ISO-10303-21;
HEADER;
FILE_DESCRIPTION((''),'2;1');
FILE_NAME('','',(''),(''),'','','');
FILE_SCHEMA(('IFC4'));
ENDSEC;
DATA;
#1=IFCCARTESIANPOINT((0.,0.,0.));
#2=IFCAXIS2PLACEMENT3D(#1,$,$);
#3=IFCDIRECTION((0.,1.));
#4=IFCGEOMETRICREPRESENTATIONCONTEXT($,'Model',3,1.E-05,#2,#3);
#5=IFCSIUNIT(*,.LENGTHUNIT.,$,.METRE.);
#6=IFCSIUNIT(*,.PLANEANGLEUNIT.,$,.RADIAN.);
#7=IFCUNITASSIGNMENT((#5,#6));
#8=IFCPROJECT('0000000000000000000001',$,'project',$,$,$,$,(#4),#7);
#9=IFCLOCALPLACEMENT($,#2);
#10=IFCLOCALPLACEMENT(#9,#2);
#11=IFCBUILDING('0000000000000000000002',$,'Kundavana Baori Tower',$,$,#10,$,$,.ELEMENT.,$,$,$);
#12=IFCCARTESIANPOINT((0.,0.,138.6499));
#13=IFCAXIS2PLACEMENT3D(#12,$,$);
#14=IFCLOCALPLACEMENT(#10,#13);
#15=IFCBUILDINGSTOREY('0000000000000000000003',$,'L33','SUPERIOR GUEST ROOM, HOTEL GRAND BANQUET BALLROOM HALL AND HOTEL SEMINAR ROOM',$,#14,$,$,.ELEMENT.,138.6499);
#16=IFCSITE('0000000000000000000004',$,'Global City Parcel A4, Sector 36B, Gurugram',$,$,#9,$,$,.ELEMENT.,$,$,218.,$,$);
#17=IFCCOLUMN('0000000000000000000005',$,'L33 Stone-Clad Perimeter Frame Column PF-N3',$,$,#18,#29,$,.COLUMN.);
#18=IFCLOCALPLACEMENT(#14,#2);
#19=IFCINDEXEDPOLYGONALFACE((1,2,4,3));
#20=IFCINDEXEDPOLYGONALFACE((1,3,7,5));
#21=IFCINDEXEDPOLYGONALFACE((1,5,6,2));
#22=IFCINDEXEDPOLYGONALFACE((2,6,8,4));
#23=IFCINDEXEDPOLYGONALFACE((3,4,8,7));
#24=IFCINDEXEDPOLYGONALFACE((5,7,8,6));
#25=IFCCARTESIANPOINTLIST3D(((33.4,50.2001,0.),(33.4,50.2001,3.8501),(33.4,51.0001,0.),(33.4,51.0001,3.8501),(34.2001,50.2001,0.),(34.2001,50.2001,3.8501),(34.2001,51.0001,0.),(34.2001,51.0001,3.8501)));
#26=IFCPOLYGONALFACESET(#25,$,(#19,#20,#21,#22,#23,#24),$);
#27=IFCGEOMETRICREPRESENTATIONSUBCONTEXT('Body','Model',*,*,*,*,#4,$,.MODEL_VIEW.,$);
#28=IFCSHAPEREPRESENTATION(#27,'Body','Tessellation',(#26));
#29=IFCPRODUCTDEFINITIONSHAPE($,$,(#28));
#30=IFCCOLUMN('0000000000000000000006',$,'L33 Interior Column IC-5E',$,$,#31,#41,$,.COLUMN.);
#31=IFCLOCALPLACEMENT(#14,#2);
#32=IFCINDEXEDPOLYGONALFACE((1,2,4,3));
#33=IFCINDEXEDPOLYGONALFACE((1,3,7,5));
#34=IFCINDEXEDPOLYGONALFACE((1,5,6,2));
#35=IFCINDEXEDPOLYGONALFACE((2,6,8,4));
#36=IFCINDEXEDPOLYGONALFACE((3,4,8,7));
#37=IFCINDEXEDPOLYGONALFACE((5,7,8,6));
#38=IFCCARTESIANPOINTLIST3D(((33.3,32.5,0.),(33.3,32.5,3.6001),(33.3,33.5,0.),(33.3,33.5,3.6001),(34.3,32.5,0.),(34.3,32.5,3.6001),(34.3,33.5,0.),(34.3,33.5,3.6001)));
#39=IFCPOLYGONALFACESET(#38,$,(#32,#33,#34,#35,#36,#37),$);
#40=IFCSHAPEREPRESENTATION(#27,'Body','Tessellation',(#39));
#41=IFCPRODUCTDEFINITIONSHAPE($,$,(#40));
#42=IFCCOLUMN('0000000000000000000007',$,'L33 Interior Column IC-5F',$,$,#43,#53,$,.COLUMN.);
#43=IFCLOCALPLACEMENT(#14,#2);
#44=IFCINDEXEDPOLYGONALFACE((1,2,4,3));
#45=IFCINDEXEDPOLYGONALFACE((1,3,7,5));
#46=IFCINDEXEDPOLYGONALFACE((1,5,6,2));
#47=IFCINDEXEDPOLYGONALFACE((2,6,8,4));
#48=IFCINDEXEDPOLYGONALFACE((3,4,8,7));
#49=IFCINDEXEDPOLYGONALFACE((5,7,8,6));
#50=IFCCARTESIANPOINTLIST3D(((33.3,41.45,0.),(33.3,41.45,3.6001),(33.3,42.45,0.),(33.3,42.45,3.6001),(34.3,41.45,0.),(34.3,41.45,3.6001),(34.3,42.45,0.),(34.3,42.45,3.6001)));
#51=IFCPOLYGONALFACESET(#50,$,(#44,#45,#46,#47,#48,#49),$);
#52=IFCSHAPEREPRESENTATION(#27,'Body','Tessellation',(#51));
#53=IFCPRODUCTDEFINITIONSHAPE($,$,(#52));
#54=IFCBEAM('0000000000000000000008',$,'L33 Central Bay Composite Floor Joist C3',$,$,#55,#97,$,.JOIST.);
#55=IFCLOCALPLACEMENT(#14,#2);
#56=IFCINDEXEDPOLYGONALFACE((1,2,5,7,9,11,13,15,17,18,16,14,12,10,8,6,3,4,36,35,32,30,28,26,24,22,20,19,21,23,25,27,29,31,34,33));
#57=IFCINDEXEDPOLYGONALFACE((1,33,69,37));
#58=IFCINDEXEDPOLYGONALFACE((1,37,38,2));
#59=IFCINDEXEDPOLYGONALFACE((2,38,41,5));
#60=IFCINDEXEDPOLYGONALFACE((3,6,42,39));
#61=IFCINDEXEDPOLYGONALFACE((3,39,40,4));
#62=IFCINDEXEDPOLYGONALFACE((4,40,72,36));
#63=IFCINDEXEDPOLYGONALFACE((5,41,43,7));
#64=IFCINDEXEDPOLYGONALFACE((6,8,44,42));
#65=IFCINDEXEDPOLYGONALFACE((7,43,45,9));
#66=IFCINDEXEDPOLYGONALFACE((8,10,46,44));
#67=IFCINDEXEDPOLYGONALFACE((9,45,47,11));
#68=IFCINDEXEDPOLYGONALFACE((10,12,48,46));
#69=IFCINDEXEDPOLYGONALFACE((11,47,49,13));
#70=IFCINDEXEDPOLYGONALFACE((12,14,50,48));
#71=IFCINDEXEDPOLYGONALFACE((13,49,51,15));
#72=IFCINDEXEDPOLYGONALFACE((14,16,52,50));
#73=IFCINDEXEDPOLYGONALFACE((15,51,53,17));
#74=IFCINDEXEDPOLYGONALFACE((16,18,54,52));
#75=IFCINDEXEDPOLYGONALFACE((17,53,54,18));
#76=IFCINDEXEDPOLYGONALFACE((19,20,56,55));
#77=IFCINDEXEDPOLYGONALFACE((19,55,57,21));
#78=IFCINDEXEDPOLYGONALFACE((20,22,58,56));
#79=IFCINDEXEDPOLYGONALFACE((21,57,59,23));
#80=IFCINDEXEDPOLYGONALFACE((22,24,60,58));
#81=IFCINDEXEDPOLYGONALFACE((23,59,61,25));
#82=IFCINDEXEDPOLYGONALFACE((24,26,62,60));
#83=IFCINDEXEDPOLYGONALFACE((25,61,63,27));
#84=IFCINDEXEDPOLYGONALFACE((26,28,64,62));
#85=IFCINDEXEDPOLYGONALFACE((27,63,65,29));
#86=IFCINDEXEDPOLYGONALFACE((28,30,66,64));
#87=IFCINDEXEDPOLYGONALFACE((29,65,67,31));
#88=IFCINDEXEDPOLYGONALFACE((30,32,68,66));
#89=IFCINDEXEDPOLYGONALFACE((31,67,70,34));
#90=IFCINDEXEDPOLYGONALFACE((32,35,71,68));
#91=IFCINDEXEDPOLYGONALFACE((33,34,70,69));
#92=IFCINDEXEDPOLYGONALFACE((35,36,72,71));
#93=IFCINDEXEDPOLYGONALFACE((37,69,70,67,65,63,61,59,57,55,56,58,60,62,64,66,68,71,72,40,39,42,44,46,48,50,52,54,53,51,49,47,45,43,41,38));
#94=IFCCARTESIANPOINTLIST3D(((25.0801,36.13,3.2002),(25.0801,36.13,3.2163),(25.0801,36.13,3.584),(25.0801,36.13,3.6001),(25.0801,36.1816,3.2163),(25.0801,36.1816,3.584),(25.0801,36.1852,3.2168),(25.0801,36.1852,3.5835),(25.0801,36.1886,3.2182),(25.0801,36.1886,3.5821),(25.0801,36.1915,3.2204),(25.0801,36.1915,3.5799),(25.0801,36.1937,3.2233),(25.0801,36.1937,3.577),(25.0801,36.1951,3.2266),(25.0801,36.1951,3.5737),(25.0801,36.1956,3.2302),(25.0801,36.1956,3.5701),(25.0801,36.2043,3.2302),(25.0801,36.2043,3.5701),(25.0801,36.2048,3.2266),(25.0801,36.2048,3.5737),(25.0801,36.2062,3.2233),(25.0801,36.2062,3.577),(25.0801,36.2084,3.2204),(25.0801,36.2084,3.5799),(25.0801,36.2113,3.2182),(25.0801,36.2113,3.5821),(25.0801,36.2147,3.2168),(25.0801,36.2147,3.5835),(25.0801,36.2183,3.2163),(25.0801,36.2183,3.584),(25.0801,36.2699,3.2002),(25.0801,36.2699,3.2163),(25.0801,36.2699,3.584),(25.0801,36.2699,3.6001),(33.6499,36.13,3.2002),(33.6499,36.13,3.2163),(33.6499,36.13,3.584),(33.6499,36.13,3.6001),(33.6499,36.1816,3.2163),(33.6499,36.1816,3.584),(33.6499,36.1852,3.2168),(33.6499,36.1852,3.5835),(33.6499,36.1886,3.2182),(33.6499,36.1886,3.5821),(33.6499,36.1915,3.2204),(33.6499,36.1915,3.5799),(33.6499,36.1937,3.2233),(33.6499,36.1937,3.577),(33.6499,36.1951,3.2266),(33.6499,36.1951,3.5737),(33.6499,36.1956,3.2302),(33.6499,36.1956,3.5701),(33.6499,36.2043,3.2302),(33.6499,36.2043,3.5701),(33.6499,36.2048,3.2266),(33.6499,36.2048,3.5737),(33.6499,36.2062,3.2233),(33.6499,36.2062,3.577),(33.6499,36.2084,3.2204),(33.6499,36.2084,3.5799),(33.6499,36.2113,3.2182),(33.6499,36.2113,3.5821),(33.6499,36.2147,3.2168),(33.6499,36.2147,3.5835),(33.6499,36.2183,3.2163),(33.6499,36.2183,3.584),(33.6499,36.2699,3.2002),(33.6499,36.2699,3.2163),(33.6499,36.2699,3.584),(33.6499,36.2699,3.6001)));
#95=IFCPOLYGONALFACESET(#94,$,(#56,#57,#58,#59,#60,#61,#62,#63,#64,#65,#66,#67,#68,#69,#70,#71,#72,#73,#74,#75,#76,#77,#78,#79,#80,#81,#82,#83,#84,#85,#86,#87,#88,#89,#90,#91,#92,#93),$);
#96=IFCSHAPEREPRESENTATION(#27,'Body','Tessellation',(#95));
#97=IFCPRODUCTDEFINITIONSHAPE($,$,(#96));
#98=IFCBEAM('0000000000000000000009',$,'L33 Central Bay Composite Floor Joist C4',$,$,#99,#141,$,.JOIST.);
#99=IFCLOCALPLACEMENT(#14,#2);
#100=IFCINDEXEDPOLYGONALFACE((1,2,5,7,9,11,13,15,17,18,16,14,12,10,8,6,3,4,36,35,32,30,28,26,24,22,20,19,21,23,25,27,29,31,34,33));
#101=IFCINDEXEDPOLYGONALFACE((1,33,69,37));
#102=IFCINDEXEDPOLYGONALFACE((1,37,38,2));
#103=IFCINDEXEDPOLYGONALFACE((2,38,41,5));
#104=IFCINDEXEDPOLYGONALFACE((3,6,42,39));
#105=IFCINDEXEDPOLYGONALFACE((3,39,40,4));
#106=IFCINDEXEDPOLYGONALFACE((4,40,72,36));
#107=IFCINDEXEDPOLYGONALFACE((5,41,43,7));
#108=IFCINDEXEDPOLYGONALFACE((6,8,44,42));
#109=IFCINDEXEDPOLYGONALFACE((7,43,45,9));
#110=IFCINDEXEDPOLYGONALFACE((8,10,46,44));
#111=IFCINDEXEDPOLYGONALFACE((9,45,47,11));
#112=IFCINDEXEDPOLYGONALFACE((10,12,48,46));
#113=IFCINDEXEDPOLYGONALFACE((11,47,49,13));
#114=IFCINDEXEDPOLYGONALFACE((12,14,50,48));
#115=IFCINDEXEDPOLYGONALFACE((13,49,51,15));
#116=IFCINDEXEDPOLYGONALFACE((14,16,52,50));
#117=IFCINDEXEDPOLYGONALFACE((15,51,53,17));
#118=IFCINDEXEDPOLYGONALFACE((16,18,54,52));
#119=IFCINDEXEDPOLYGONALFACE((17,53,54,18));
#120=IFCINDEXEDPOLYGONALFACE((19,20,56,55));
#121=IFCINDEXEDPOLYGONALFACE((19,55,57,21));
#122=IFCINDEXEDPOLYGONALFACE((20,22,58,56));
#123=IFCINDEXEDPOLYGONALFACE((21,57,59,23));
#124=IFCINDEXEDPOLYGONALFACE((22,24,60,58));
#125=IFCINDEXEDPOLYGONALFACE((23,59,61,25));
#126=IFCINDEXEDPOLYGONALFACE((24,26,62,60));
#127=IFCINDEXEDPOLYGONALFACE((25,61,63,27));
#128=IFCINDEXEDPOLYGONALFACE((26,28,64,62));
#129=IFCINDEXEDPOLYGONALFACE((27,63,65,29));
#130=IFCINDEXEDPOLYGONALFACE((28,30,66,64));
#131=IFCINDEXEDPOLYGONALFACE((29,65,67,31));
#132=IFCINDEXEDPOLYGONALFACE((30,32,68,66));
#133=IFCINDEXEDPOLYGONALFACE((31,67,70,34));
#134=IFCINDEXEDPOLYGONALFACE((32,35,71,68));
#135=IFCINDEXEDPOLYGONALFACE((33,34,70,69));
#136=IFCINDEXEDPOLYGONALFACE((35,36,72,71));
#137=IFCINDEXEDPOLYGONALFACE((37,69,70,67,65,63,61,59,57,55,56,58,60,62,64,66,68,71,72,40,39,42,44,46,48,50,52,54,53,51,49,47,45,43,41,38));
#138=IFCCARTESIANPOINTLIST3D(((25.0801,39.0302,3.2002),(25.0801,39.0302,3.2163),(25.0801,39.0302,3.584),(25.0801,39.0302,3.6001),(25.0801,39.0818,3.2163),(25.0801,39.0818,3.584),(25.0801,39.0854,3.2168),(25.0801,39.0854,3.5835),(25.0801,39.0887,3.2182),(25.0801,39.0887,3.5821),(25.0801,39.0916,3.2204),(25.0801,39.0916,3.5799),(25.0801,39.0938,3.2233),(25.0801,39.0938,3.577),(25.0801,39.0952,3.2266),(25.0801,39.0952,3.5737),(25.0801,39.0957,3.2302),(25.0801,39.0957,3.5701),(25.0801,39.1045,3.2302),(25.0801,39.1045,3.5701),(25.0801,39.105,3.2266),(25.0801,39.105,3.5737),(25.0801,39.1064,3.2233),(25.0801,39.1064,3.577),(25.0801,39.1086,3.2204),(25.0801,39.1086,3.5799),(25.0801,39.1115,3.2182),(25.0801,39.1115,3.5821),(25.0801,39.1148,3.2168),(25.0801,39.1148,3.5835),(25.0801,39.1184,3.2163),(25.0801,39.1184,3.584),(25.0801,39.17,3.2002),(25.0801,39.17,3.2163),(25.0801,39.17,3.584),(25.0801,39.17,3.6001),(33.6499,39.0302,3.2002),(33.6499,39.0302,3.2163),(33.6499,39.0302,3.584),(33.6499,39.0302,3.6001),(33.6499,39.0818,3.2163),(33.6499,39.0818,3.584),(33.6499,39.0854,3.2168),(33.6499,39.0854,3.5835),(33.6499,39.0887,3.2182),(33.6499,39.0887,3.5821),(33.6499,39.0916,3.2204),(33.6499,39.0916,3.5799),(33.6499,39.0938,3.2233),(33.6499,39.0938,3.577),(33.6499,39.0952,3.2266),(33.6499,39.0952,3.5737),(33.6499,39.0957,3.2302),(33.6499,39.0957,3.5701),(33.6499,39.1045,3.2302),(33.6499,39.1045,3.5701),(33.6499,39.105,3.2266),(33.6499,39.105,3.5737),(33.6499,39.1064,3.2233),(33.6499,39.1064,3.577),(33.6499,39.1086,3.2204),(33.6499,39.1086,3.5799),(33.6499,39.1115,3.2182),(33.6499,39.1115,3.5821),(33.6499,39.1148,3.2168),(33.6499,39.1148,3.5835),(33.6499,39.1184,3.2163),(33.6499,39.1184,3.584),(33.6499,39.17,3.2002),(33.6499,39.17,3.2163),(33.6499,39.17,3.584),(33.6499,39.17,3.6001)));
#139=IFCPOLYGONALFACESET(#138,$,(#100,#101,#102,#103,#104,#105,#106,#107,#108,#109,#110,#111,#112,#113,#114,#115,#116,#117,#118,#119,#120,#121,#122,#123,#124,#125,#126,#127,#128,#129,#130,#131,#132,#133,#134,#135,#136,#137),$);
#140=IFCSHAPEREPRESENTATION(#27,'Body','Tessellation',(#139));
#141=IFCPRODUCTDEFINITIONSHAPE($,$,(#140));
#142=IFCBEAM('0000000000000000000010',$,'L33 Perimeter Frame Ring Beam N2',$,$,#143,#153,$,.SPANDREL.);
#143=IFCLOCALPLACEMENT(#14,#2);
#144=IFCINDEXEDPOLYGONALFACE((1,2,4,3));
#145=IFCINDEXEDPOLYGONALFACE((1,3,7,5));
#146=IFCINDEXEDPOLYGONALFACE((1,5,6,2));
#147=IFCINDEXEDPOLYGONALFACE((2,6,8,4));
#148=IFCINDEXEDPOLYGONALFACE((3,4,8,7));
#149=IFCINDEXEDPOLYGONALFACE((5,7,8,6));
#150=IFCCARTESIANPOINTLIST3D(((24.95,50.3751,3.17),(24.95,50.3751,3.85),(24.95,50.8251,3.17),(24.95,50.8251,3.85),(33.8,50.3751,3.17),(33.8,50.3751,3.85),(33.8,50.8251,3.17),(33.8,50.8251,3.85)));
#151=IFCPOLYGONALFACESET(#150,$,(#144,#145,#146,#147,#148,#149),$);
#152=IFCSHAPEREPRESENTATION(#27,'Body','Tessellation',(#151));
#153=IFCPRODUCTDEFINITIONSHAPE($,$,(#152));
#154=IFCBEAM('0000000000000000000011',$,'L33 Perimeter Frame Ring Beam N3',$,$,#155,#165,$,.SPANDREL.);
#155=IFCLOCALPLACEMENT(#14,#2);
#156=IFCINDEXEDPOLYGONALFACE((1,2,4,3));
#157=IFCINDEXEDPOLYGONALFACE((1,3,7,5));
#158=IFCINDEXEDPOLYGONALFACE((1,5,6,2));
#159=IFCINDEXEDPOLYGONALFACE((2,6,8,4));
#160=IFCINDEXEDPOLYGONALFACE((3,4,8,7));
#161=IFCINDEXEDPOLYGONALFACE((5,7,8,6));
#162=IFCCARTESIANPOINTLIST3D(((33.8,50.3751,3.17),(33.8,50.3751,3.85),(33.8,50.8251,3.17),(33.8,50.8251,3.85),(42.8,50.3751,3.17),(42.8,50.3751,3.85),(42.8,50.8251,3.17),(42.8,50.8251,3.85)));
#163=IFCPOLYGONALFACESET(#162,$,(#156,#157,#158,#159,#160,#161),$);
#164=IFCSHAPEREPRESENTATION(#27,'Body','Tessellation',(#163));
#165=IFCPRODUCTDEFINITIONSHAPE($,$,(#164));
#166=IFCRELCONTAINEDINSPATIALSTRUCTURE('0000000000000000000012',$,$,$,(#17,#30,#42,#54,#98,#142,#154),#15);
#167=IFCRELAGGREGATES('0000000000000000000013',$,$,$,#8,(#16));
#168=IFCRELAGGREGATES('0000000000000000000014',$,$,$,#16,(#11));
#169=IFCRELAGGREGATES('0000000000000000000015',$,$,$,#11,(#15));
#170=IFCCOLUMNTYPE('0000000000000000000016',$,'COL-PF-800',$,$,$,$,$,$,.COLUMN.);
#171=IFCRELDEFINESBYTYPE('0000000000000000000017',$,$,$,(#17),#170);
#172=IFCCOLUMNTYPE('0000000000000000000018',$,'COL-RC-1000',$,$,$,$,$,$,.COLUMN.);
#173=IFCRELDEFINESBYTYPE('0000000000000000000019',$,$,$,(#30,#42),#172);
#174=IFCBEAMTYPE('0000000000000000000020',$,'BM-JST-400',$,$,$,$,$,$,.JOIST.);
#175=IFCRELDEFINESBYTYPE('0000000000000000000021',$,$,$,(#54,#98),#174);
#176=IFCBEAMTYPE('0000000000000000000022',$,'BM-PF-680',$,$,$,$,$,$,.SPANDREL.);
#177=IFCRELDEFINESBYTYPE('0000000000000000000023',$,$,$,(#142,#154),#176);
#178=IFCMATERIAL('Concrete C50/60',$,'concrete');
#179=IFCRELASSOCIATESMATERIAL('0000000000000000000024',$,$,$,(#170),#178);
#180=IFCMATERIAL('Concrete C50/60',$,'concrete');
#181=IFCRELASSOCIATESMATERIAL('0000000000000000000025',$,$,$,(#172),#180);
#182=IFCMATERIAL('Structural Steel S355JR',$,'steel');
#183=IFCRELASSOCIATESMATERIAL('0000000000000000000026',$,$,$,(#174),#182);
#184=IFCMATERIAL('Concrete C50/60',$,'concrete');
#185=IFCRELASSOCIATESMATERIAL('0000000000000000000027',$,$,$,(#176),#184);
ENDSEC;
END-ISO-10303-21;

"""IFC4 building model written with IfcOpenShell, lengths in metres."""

from ifc_helpers import new_model, si_unit, direction, frame, origin, origin_2d, place, context, subcontext, project, spatial, rectangle, i_section, extrude, material, material_profile, profile_set, type_object, element, save


model = new_model("IFC4")

# Units and contexts
model_context = context("Model", 3, precision=1e-05, world=origin(), true_north=direction((0.0, 1.0)))
body_context = subcontext(model_context, "Body", "Model", "MODEL_VIEW")
ifc_project = project(units=[si_unit("LENGTHUNIT", "METRE"), si_unit("PLANEANGLEUNIT", "RADIAN")], contexts=[model_context])

# Site, building, storey
site_placement = place(None, origin())
site = spatial("IfcSite", under=ifc_project, at=site_placement, Name="Global City Parcel A4, Sector 36B, Gurugram", CompositionType="ELEMENT", RefElevation=218.0)
building_placement = place(site_placement, origin())
building = spatial("IfcBuilding", under=site, at=building_placement, Name="Kundavana Baori Tower", CompositionType="ELEMENT")
storey_placement = place(building_placement, frame((0.0, 0.0, 138.6499)))
storey = spatial("IfcBuildingStorey", under=building, at=storey_placement, Name="L33", Description="SUPERIOR GUEST ROOM, HOTEL GRAND BANQUET BALLROOM HALL AND HOTEL SEMINAR ROOM", CompositionType="ELEMENT", Elevation=138.6499)

# Columns
ifc_material_1 = material(Name="Concrete C50/60", Category="concrete")
ifc_material_profile_1 = material_profile(ifc_material_1, rectangle(XDim=0.8, YDim=0.8, at=origin_2d()), Name="RC PF 800x800")
ifc_profile_set_1 = profile_set([ifc_material_profile_1], Name="Concrete C50/60")
column_type_1 = type_object("IfcColumnType", Name="COL-PF-800", PredefinedType="COLUMN", material=ifc_profile_set_1)
column_placement = place(storey_placement, frame((33.8, 50.6001, 0.0), z_axis=(0.0, 0.0, 1.0), x_axis=(1.0, 0.0, 0.0)))
element("IfcColumn", 1, at=column_placement, inside=storey, type_object=column_type_1, Name="L33 Stone-Clad Perimeter Frame Column PF-N3", PredefinedType="COLUMN", context=body_context, shape_type="SweptSolid", body=[
    extrude(rectangle(XDim=0.8, YDim=0.8, at=origin_2d()), origin(), (0.0, 0.0, 1.0), 3.8501),
])
ifc_material_2 = material(Name="Concrete C50/60", Category="concrete")
ifc_material_profile_2 = material_profile(ifc_material_2, rectangle(XDim=1.0, YDim=1.0, at=origin_2d()), Name="RC 1000x1000")
ifc_profile_set_2 = profile_set([ifc_material_profile_2], Name="Concrete C50/60")
column_type_2 = type_object("IfcColumnType", Name="COL-RC-1000", PredefinedType="COLUMN", material=ifc_profile_set_2)
for number, where, z_axis, x_axis, name in (
    (2, (33.8, 33.0, 0.0), (0.0, 0.0, 1.0), (1.0, 0.0, 0.0), "L33 Interior Column IC-5E"),
    (3, (33.8, 41.95, 0.0), (0.0, 0.0, 1.0), (1.0, 0.0, 0.0), "L33 Interior Column IC-5F"),
):
    element("IfcColumn", number, at=place(storey_placement, frame(where, z_axis=z_axis, x_axis=x_axis)), inside=storey, type_object=column_type_2, Name=name, PredefinedType="COLUMN", context=body_context, shape_type="SweptSolid", body=[
        extrude(rectangle(XDim=1.0, YDim=1.0, at=origin_2d()), origin(), (0.0, 0.0, 1.0), 3.6001),
    ])

# Beams
ifc_material_3 = material(Name="Structural Steel S355JR", Category="steel")
ifc_material_profile_3 = material_profile(ifc_material_3, i_section(OverallWidth=0.1399, OverallDepth=0.3999, WebThickness=0.0088, FlangeThickness=0.0161, FilletRadius=0.0139, at=origin_2d()), Name="ISMB 400")
ifc_profile_set_3 = profile_set([ifc_material_profile_3], Name="Structural Steel S355JR")
beam_type_1 = type_object("IfcBeamType", Name="BM-JST-400", PredefinedType="JOIST", material=ifc_profile_set_3)
for number, where, z_axis, x_axis, name in (
    (4, (25.0801, 36.2, 3.4001), (1.0, 0.0, 0.0), (0.0, 1.0, 0.0), "L33 Central Bay Composite Floor Joist C3"),
    (5, (25.0801, 39.1001, 3.4001), (1.0, 0.0, 0.0), (0.0, 1.0, 0.0), "L33 Central Bay Composite Floor Joist C4"),
):
    element("IfcBeam", number, at=place(storey_placement, frame(where, z_axis=z_axis, x_axis=x_axis)), inside=storey, type_object=beam_type_1, Name=name, PredefinedType="JOIST", context=body_context, shape_type="SweptSolid", body=[
        extrude(i_section(OverallWidth=0.1399, OverallDepth=0.3999, WebThickness=0.0088, FlangeThickness=0.0161, FilletRadius=0.0139, at=origin_2d()), origin(), (0.0, 0.0, 1.0), 8.5698),
    ])
ifc_material_4 = material(Name="Concrete C50/60", Category="concrete")
ifc_material_profile_4 = material_profile(ifc_material_4, rectangle(XDim=0.45, YDim=0.6799, at=origin_2d()), Name="RC BM 450x680")
ifc_profile_set_4 = profile_set([ifc_material_profile_4], Name="Concrete C50/60")
beam_type_2 = type_object("IfcBeamType", Name="BM-PF-680", PredefinedType="SPANDREL", material=ifc_profile_set_4)
beam_1_placement = place(storey_placement, frame((24.95, 50.6001, 3.51), z_axis=(1.0, 0.0, 0.0), x_axis=(0.0, 1.0, 0.0)))
element("IfcBeam", 6, at=beam_1_placement, inside=storey, type_object=beam_type_2, Name="L33 Perimeter Frame Ring Beam N2", PredefinedType="SPANDREL", context=body_context, shape_type="SweptSolid", body=[
    extrude(rectangle(XDim=0.45, YDim=0.6799, at=origin_2d()), origin(), (0.0, 0.0, 1.0), 8.8501),
])
beam_2_placement = place(storey_placement, frame((33.8, 50.6001, 3.51), z_axis=(1.0, 0.0, 0.0), x_axis=(0.0, 1.0, 0.0)))
element("IfcBeam", 7, at=beam_2_placement, inside=storey, type_object=beam_type_2, Name="L33 Perimeter Frame Ring Beam N3", PredefinedType="SPANDREL", context=body_context, shape_type="SweptSolid", body=[
    extrude(rectangle(XDim=0.45, YDim=0.6799, at=origin_2d()), origin(), (0.0, 0.0, 1.0), 9.0),
])

save(model, "model.ifc")
